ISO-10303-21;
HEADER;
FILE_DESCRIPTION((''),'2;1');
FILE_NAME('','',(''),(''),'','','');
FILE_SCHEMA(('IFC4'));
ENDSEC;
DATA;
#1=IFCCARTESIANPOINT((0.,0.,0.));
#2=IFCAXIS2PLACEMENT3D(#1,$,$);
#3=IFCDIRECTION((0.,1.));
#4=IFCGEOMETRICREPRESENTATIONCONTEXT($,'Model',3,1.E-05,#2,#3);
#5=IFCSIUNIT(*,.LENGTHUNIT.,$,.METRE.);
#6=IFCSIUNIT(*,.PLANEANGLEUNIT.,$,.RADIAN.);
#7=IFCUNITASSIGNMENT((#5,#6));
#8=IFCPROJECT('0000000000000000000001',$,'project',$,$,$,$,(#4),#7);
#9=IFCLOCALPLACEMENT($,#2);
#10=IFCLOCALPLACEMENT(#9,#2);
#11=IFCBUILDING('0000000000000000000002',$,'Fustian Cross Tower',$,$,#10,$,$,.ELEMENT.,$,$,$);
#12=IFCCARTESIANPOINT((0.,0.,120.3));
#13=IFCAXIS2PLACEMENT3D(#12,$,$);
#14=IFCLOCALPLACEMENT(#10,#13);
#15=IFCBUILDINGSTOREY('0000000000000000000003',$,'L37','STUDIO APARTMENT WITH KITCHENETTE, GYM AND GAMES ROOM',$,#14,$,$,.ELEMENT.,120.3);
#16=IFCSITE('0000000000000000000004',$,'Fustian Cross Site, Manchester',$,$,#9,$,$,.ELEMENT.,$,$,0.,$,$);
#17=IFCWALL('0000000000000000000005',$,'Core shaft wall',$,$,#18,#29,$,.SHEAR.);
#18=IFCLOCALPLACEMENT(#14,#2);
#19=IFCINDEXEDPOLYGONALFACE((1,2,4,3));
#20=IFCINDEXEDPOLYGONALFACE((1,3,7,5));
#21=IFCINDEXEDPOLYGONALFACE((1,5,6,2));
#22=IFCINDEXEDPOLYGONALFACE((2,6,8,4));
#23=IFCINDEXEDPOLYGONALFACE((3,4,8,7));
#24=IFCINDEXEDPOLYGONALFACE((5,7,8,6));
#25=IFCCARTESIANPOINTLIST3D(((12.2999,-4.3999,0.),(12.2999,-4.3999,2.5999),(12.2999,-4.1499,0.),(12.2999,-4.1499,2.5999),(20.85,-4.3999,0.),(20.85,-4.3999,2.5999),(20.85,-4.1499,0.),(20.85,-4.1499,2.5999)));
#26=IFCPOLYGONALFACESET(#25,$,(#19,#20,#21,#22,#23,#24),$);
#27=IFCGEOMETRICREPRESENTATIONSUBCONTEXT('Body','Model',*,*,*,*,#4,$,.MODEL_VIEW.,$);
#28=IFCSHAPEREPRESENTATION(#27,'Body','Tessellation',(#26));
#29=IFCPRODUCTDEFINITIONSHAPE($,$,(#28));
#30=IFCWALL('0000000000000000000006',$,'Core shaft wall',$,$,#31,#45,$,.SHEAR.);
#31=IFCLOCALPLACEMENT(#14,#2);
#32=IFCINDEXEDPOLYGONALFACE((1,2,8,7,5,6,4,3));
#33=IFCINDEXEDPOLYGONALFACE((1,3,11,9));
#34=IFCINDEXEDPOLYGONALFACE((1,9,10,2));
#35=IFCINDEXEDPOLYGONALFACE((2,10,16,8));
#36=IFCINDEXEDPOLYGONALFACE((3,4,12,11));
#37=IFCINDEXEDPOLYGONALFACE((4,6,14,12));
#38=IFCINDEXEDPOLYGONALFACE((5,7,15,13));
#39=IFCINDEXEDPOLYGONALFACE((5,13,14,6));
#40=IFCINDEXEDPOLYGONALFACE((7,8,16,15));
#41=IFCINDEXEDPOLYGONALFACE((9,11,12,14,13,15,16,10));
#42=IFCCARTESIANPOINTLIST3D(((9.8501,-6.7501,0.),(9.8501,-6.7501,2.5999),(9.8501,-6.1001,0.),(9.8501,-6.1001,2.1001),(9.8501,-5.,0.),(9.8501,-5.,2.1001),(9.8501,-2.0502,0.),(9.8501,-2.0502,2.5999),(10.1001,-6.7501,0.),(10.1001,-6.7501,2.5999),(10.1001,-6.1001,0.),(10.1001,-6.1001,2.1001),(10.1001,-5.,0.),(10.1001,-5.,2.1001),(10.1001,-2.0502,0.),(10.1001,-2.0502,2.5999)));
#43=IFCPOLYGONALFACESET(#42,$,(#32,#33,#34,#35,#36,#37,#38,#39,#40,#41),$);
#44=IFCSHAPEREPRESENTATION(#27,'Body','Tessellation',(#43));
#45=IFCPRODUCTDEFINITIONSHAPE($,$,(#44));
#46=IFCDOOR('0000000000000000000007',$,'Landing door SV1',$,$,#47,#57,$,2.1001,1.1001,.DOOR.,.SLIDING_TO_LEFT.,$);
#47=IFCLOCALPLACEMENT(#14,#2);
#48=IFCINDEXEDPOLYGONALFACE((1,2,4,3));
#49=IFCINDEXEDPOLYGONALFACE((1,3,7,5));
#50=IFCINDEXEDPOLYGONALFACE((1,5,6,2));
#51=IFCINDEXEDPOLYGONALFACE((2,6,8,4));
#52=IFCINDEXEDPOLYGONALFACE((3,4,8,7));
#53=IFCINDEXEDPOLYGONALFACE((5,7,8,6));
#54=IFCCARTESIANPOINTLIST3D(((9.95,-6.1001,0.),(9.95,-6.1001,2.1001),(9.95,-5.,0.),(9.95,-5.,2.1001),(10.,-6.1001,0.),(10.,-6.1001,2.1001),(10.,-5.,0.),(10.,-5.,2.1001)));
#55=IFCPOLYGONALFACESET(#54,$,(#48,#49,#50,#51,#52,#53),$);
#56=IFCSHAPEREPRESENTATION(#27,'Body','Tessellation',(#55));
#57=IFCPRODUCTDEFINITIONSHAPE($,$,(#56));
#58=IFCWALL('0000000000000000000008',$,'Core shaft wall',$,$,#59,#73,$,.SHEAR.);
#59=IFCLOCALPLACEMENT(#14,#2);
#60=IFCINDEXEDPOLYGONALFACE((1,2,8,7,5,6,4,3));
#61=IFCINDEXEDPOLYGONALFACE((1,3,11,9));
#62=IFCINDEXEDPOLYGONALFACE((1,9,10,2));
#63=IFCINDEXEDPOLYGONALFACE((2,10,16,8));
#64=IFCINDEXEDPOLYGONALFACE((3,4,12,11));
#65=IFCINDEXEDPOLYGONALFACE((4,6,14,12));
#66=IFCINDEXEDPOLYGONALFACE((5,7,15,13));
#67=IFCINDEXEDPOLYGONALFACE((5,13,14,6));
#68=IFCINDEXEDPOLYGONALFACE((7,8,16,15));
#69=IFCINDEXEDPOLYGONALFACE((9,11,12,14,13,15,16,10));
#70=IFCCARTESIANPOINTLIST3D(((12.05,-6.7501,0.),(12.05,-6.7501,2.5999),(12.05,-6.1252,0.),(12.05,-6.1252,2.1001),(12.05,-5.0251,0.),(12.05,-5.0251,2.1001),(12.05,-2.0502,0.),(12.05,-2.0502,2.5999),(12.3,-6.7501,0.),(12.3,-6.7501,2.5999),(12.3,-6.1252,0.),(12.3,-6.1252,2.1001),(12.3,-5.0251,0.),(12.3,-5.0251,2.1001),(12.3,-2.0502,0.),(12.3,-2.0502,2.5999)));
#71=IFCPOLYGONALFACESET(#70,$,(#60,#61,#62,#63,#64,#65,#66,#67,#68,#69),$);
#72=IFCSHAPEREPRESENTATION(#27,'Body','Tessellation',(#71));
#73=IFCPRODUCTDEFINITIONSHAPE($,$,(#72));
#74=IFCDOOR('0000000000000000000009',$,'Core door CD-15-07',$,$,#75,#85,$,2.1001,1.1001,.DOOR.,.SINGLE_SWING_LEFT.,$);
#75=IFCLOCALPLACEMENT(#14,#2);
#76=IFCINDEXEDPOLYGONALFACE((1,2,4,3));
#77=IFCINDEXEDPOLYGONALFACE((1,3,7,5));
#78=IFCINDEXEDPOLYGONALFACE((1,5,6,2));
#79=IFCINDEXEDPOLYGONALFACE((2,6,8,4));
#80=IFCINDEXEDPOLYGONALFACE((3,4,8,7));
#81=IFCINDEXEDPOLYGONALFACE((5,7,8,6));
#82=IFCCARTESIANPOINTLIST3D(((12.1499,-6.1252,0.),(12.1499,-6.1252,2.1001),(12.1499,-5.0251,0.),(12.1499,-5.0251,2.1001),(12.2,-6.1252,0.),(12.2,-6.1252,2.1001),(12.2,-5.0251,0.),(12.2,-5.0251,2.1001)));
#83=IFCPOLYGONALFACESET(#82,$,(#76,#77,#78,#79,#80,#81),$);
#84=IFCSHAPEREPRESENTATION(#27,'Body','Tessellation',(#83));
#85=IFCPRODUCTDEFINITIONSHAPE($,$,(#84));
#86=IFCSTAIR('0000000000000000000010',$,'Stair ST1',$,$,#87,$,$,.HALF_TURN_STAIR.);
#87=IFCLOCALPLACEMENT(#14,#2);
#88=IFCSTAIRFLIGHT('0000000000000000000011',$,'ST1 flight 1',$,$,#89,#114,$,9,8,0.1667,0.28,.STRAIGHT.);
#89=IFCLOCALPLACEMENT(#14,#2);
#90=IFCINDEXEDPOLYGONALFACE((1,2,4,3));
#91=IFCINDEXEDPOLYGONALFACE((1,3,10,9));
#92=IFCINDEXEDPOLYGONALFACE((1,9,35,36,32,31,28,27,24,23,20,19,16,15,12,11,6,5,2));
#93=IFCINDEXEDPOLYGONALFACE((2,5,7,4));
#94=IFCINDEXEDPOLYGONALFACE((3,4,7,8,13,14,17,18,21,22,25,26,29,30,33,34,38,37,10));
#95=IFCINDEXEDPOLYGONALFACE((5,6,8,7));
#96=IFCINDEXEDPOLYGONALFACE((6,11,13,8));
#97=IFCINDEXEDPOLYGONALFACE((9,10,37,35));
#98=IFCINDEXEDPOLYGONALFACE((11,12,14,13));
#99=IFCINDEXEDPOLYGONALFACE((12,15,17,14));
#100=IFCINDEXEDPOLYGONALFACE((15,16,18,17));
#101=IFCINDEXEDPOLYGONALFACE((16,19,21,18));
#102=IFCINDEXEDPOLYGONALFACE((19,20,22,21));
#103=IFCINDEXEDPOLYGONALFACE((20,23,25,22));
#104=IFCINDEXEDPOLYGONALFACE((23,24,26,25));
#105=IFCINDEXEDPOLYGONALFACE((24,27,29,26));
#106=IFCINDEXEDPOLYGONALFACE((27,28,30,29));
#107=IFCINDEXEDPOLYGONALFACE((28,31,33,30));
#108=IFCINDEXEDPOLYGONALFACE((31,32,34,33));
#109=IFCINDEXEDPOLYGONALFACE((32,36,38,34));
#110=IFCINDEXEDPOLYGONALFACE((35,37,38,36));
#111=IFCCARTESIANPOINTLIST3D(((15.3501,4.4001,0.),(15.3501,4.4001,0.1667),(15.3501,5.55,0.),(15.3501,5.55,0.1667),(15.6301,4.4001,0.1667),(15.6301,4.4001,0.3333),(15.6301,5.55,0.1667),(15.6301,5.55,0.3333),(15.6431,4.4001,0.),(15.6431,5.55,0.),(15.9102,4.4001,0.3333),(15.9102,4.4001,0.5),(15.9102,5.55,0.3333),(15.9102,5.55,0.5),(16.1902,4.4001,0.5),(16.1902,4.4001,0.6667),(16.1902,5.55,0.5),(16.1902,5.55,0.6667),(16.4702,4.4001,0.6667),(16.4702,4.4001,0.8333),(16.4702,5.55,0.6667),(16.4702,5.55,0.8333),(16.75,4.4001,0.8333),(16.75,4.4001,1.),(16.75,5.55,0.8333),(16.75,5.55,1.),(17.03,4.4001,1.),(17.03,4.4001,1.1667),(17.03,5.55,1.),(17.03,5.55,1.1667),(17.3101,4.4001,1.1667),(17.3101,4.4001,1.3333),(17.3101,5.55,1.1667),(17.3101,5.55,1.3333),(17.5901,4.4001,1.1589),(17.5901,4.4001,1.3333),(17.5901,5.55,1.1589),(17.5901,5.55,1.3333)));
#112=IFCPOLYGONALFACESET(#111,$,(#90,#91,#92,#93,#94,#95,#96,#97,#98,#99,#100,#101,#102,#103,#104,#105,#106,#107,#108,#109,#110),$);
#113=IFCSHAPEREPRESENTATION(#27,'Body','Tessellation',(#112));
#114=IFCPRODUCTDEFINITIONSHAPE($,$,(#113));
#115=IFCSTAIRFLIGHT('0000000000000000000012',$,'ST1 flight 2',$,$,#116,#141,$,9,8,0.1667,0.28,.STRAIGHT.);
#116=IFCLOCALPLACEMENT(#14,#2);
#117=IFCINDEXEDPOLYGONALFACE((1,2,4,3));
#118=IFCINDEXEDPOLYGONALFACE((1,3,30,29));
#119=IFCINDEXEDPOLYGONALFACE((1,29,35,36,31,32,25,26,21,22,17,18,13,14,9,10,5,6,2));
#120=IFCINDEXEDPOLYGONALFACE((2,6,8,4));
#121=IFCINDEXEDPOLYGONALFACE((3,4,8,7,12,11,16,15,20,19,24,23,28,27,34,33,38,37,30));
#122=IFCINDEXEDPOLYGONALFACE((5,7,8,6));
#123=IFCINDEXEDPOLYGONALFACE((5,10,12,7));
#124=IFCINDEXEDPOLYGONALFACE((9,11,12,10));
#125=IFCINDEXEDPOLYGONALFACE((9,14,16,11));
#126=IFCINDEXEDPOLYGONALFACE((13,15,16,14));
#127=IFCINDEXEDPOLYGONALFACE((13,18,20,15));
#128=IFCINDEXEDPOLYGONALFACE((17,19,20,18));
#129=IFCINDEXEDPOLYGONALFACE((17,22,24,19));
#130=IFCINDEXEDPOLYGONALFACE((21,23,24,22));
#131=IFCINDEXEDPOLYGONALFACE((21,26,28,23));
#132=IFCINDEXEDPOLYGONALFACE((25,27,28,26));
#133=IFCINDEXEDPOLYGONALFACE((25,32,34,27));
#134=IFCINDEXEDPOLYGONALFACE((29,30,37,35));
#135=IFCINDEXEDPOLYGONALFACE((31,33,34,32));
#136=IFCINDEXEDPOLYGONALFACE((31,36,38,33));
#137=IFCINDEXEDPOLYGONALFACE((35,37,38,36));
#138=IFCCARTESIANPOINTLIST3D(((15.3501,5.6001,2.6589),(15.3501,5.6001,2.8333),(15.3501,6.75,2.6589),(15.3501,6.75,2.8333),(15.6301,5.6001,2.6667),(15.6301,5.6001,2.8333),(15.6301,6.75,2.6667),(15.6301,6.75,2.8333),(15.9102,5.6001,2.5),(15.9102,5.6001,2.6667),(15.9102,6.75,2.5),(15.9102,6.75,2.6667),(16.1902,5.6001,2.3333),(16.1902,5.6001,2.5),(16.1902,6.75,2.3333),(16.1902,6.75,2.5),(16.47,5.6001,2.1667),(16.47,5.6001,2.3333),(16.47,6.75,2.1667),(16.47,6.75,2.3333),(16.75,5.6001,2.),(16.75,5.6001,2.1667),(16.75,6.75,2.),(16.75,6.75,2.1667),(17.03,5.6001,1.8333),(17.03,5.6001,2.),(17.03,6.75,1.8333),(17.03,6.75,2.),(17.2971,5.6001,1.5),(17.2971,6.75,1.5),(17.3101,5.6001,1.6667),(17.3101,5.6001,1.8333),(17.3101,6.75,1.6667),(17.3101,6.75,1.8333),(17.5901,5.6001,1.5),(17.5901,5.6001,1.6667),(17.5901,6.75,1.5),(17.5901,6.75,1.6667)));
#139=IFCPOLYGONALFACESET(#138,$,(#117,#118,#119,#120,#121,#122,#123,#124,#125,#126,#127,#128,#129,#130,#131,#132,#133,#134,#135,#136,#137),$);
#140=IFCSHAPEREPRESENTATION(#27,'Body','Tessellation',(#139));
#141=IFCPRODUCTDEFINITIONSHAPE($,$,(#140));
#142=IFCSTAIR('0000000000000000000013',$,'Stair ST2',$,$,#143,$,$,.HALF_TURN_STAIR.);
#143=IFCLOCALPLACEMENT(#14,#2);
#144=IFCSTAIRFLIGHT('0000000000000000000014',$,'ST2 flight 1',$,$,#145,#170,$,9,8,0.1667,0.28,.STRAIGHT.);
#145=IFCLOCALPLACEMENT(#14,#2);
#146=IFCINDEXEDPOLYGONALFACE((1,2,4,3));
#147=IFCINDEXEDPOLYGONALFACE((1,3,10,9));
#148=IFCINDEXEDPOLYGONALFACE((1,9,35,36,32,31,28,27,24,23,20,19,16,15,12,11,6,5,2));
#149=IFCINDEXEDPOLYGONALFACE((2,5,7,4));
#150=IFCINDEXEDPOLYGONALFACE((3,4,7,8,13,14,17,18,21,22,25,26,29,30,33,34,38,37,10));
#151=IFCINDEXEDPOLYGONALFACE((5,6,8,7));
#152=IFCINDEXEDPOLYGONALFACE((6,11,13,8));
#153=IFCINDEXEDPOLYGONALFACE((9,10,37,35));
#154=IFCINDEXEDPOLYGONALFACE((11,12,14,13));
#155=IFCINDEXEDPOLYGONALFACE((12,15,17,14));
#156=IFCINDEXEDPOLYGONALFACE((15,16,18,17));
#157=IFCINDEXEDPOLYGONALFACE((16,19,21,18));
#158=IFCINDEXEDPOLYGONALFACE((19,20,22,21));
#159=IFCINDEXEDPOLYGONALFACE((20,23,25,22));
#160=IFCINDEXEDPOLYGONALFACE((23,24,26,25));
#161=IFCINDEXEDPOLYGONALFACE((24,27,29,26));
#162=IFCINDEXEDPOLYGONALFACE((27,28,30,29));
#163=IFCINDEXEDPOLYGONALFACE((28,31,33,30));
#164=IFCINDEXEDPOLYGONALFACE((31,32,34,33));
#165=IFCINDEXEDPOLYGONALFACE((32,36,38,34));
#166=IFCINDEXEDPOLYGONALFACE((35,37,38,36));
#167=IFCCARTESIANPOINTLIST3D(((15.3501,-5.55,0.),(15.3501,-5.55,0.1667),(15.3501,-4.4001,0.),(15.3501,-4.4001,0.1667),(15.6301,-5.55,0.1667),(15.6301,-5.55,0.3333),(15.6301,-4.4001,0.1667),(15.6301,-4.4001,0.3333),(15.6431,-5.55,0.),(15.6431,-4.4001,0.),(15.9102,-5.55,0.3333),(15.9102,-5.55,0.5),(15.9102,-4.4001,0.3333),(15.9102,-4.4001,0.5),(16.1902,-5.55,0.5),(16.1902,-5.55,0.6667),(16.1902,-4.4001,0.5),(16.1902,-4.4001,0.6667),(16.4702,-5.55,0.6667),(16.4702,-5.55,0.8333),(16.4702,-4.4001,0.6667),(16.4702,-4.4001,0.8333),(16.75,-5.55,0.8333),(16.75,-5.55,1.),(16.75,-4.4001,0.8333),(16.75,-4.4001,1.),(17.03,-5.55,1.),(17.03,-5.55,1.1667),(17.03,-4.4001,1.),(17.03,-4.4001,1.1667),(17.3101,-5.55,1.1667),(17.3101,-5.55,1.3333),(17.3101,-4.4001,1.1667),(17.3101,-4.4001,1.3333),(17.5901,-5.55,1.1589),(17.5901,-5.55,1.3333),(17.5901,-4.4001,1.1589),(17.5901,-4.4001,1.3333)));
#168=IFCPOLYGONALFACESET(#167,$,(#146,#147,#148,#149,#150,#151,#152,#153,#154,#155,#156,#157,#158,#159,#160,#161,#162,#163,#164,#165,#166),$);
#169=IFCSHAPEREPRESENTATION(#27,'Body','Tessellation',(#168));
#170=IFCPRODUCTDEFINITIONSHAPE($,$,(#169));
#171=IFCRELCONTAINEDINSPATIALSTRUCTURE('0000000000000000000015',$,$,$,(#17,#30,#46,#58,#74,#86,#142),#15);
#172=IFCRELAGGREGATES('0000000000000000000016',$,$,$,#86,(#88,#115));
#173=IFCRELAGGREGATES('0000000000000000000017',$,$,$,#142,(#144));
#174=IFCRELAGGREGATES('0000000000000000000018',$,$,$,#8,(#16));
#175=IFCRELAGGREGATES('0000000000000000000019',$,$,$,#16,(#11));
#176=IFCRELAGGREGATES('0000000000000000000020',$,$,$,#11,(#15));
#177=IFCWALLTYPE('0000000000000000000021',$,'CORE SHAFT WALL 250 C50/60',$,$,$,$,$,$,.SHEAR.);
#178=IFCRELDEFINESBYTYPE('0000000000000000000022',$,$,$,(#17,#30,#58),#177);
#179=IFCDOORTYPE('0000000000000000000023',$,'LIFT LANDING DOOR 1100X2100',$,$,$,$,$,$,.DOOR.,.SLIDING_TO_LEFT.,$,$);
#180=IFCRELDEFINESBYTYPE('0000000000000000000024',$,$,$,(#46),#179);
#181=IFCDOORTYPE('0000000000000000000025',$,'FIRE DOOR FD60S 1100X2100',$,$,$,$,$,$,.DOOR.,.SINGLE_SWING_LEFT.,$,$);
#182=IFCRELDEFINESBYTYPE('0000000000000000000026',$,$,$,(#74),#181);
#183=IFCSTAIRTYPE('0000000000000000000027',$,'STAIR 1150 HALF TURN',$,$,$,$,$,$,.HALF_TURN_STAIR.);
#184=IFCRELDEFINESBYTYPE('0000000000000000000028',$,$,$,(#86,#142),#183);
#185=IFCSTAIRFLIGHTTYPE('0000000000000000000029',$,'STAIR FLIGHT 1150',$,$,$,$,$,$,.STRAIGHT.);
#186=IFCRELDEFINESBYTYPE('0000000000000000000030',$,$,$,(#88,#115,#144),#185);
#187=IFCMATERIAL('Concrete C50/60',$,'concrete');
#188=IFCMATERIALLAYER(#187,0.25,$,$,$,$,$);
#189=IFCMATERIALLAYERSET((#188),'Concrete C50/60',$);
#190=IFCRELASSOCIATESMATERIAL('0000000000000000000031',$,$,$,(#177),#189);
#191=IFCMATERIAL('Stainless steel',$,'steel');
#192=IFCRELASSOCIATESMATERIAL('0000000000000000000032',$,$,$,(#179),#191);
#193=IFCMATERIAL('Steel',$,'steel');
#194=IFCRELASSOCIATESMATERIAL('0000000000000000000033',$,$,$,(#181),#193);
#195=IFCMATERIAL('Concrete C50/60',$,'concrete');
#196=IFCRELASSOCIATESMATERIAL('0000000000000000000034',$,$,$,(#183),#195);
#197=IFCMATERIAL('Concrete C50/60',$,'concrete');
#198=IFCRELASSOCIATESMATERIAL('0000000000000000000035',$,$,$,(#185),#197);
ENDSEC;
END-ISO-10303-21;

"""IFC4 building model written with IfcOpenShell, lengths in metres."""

from ifc_helpers import new_model, si_unit, direction, frame, frame_2d, origin, place, context, subcontext, project, spatial, polyline, rectangle, outline, extrude, material, layer, layer_set, type_object, element, fill, aggregate, save


model = new_model("IFC4")

# Units and contexts
model_context = context("Model", 3, precision=1e-05, world=origin(), true_north=direction((0.0, 1.0)))
body_context = subcontext(model_context, "Body", "Model", "MODEL_VIEW")
ifc_project = project(units=[si_unit("LENGTHUNIT", "METRE"), si_unit("PLANEANGLEUNIT", "RADIAN")], contexts=[model_context])

# Site, building, storey
site_placement = place(None, origin())
site = spatial("IfcSite", under=ifc_project, at=site_placement, Name="Fustian Cross Site, Manchester", CompositionType="ELEMENT", RefElevation=0.0)
building_placement = place(site_placement, origin())
building = spatial("IfcBuilding", under=site, at=building_placement, Name="Fustian Cross Tower", CompositionType="ELEMENT")
storey_placement = place(building_placement, frame((0.0, 0.0, 120.3)))
storey = spatial("IfcBuildingStorey", under=building, at=storey_placement, Name="L37", Description="STUDIO APARTMENT WITH KITCHENETTE, GYM AND GAMES ROOM", CompositionType="ELEMENT", Elevation=120.3)

# Shared definitions
ifc_material_1 = material(Name="Concrete C50/60", Category="concrete")
ifc_layer_1 = layer(ifc_material_1, 0.25)
ifc_layer_set_1 = layer_set([ifc_layer_1], Name="Concrete C50/60")
wall_type_1 = type_object("IfcWallType", Name="CORE SHAFT WALL 250 C50/60", PredefinedType="SHEAR", material=ifc_layer_set_1)

# Shared definitions
ifc_material_2 = material(Name="Stainless steel", Category="steel")
door_type_1 = type_object("IfcDoorType", Name="LIFT LANDING DOOR 1100X2100", OperationType="SLIDING_TO_LEFT", PredefinedType="DOOR", material=ifc_material_2)
ifc_material_3 = material(Name="Steel", Category="steel")
door_type_2 = type_object("IfcDoorType", Name="FIRE DOOR FD60S 1100X2100", OperationType="SINGLE_SWING_LEFT", PredefinedType="DOOR", material=ifc_material_3)

# Wall
wall_1_placement = place(storey_placement, frame((12.3, -4.2749, 0.0), z_axis=(0.0, 0.0, 1.0), x_axis=(1.0, 0.0, 0.0)))
element("IfcWall", 1, at=wall_1_placement, inside=storey, type_object=wall_type_1, Name="Core shaft wall", PredefinedType="SHEAR", context=body_context, shape_type="SweptSolid", body=[
    extrude(rectangle(XDim=8.55, YDim=0.25, at=frame_2d((4.2749, 0.0))), origin(), (0.0, 0.0, 1.0), 2.5999),
])

# Walls, openings, doors
wall_2_placement = place(storey_placement, frame((9.9751, -2.05, 0.0), z_axis=(0.0, 0.0, 1.0), x_axis=(0.0, -1.0, 0.0)))
wall_2 = element("IfcWall", 2, at=wall_2_placement, inside=storey, type_object=wall_type_1, Name="Core shaft wall", PredefinedType="SHEAR", context=body_context, shape_type="SweptSolid", body=[
    extrude(rectangle(XDim=4.7, YDim=0.25, at=frame_2d((2.3501, 0.0))), origin(), (0.0, 0.0, 1.0), 2.5999),
])
opening_1_placement = place(wall_2_placement, frame((2.95, 0.0, 0.0)))
opening_1 = element("IfcOpeningElement", 3, at=opening_1_placement, cuts=wall_2, PredefinedType="OPENING", context=body_context, shape_type="SweptSolid", body=[
    extrude(rectangle(XDim=1.1001, YDim=2.1001, at=frame_2d((0.55, 1.05))), frame((0.0, 0.135, 0.0), z_axis=(0.0, -1.0, 0.0), x_axis=(1.0, 0.0, 0.0)), (0.0, 0.0, 1.0), 0.27),
])
door_1_placement = place(opening_1_placement, origin())
door_1 = element("IfcDoor", 4, at=door_1_placement, inside=storey, type_object=door_type_1, Name="Landing door SV1", OperationType="SLIDING_TO_LEFT", OverallHeight=2.1001, OverallWidth=1.1001, PredefinedType="DOOR", context=body_context, shape_type="SweptSolid", body=[
    extrude(rectangle(XDim=1.1001, YDim=2.1001, at=frame_2d((0.55, 1.05))), frame((0.0, 0.0249, 0.0), z_axis=(0.0, -1.0, 0.0), x_axis=(1.0, 0.0, 0.0)), (0.0, 0.0, 1.0), 0.05),
])
fill(opening_1, door_1)
wall_3_placement = place(storey_placement, frame((12.175, -2.05, 0.0), z_axis=(0.0, 0.0, 1.0), x_axis=(0.0, -1.0, 0.0)))
wall_3 = element("IfcWall", 5, at=wall_3_placement, inside=storey, type_object=wall_type_1, Name="Core shaft wall", PredefinedType="SHEAR", context=body_context, shape_type="SweptSolid", body=[
    extrude(rectangle(XDim=4.7, YDim=0.25, at=frame_2d((2.3501, 0.0))), origin(), (0.0, 0.0, 1.0), 2.5999),
])
opening_2_placement = place(wall_3_placement, frame((2.9751, 0.0, 0.0)))
opening_2 = element("IfcOpeningElement", 6, at=opening_2_placement, cuts=wall_3, PredefinedType="OPENING", context=body_context, shape_type="SweptSolid", body=[
    extrude(rectangle(XDim=1.1001, YDim=2.1001, at=frame_2d((0.55, 1.05))), frame((0.0, 0.135, 0.0), z_axis=(0.0, -1.0, 0.0), x_axis=(1.0, 0.0, 0.0)), (0.0, 0.0, 1.0), 0.27),
])
door_2_placement = place(opening_2_placement, origin())
door_2 = element("IfcDoor", 7, at=door_2_placement, inside=storey, type_object=door_type_2, Name="Core door CD-15-07", OperationType="SINGLE_SWING_LEFT", OverallHeight=2.1001, OverallWidth=1.1001, PredefinedType="DOOR", context=body_context, shape_type="SweptSolid", body=[
    extrude(rectangle(XDim=1.1001, YDim=2.1001, at=frame_2d((0.55, 1.05))), frame((0.0, 0.0249, 0.0), z_axis=(0.0, -1.0, 0.0), x_axis=(1.0, 0.0, 0.0)), (0.0, 0.0, 1.0), 0.05),
])
fill(opening_2, door_2)

# Stairs, stair flights
ifc_material_4 = material(Name="Concrete C50/60", Category="concrete")
stair_type = type_object("IfcStairType", Name="STAIR 1150 HALF TURN", PredefinedType="HALF_TURN_STAIR", material=ifc_material_4)
stair_1_placement = place(storey_placement, origin())
stair_1 = element("IfcStair", 8, at=stair_1_placement, inside=storey, type_object=stair_type, Name="Stair ST1", PredefinedType="HALF_TURN_STAIR")
ifc_material_5 = material(Name="Concrete C50/60", Category="concrete")
stair_flight_type = type_object("IfcStairFlightType", Name="STAIR FLIGHT 1150", PredefinedType="STRAIGHT", material=ifc_material_5)
stair_flight_1_placement = place(storey_placement, frame((15.3501, 4.9751, 0.0), z_axis=(0.0, 0.0, 1.0), x_axis=(1.0, 0.0, 0.0)))
stair_flight_1 = element("IfcStairFlight", 9, at=stair_flight_1_placement, type_object=stair_flight_type, Name="ST1 flight 1", NumberOfRisers=9, NumberOfTreads=8, PredefinedType="STRAIGHT", RiserHeight=0.1667, TreadLength=0.28, context=body_context, shape_type="SweptSolid", body=[
    extrude(outline(polyline([(0.0, 0.0), (0.0, 0.1667), (0.28, 0.1667), (0.28, 0.3333), (0.5601, 0.3333), (0.5601, 0.5), (0.8401, 0.5), (0.8401, 0.6667), (1.1201, 0.6667), (1.1201, 0.8333), (1.3999, 0.8333), (1.3999, 1.0), (1.6799, 1.0), (1.6799, 1.1667), (1.96, 1.1667), (1.96, 1.3333), (2.24, 1.3333), (2.24, 1.5), (2.24, 1.1589), (0.293, 0.0), (0.0, 0.0)])), frame((0.0, 0.575, 0.0), z_axis=(0.0, -1.0, 0.0), x_axis=(1.0, 0.0, 0.0)), (0.0, 0.0, 1.0), 1.1499),
])
stair_flight_2_placement = place(storey_placement, frame((17.5901, 6.175, 1.5), z_axis=(0.0, 0.0, 1.0), x_axis=(-1.0, 0.0, 0.0)))
stair_flight_2 = element("IfcStairFlight", 10, at=stair_flight_2_placement, type_object=stair_flight_type, Name="ST1 flight 2", NumberOfRisers=9, NumberOfTreads=8, PredefinedType="STRAIGHT", RiserHeight=0.1667, TreadLength=0.28, context=body_context, shape_type="SweptSolid", body=[
    extrude(outline(polyline([(0.0, 0.0), (0.0, 0.1667), (0.28, 0.1667), (0.28, 0.3333), (0.5601, 0.3333), (0.5601, 0.5), (0.8401, 0.5), (0.8401, 0.6667), (1.1201, 0.6667), (1.1201, 0.8333), (1.3999, 0.8333), (1.3999, 1.0), (1.6799, 1.0), (1.6799, 1.1667), (1.96, 1.1667), (1.96, 1.3333), (2.24, 1.3333), (2.24, 1.5), (2.24, 1.1589), (0.293, 0.0), (0.0, 0.0)])), frame((0.0, 0.575, 0.0), z_axis=(0.0, -1.0, 0.0), x_axis=(1.0, 0.0, 0.0)), (0.0, 0.0, 1.0), 1.1499),
])
aggregate(stair_1, [stair_flight_1, stair_flight_2])
stair_2_placement = place(storey_placement, origin())
stair_2 = element("IfcStair", 11, at=stair_2_placement, inside=storey, type_object=stair_type, Name="Stair ST2", PredefinedType="HALF_TURN_STAIR")
stair_flight_3_placement = place(storey_placement, frame((15.3501, -4.9751, 0.0), z_axis=(0.0, 0.0, 1.0), x_axis=(1.0, 0.0, 0.0)))
stair_flight_3 = element("IfcStairFlight", 12, at=stair_flight_3_placement, type_object=stair_flight_type, Name="ST2 flight 1", NumberOfRisers=9, NumberOfTreads=8, PredefinedType="STRAIGHT", RiserHeight=0.1667, TreadLength=0.28, context=body_context, shape_type="SweptSolid", body=[
    extrude(outline(polyline([(0.0, 0.0), (0.0, 0.1667), (0.28, 0.1667), (0.28, 0.3333), (0.5601, 0.3333), (0.5601, 0.5), (0.8401, 0.5), (0.8401, 0.6667), (1.1201, 0.6667), (1.1201, 0.8333), (1.3999, 0.8333), (1.3999, 1.0), (1.6799, 1.0), (1.6799, 1.1667), (1.96, 1.1667), (1.96, 1.3333), (2.24, 1.3333), (2.24, 1.5), (2.24, 1.1589), (0.293, 0.0), (0.0, 0.0)])), frame((0.0, 0.575, 0.0), z_axis=(0.0, -1.0, 0.0), x_axis=(1.0, 0.0, 0.0)), (0.0, 0.0, 1.0), 1.1499),
])
aggregate(stair_2, [stair_flight_3])

save(model, "model.ifc")
